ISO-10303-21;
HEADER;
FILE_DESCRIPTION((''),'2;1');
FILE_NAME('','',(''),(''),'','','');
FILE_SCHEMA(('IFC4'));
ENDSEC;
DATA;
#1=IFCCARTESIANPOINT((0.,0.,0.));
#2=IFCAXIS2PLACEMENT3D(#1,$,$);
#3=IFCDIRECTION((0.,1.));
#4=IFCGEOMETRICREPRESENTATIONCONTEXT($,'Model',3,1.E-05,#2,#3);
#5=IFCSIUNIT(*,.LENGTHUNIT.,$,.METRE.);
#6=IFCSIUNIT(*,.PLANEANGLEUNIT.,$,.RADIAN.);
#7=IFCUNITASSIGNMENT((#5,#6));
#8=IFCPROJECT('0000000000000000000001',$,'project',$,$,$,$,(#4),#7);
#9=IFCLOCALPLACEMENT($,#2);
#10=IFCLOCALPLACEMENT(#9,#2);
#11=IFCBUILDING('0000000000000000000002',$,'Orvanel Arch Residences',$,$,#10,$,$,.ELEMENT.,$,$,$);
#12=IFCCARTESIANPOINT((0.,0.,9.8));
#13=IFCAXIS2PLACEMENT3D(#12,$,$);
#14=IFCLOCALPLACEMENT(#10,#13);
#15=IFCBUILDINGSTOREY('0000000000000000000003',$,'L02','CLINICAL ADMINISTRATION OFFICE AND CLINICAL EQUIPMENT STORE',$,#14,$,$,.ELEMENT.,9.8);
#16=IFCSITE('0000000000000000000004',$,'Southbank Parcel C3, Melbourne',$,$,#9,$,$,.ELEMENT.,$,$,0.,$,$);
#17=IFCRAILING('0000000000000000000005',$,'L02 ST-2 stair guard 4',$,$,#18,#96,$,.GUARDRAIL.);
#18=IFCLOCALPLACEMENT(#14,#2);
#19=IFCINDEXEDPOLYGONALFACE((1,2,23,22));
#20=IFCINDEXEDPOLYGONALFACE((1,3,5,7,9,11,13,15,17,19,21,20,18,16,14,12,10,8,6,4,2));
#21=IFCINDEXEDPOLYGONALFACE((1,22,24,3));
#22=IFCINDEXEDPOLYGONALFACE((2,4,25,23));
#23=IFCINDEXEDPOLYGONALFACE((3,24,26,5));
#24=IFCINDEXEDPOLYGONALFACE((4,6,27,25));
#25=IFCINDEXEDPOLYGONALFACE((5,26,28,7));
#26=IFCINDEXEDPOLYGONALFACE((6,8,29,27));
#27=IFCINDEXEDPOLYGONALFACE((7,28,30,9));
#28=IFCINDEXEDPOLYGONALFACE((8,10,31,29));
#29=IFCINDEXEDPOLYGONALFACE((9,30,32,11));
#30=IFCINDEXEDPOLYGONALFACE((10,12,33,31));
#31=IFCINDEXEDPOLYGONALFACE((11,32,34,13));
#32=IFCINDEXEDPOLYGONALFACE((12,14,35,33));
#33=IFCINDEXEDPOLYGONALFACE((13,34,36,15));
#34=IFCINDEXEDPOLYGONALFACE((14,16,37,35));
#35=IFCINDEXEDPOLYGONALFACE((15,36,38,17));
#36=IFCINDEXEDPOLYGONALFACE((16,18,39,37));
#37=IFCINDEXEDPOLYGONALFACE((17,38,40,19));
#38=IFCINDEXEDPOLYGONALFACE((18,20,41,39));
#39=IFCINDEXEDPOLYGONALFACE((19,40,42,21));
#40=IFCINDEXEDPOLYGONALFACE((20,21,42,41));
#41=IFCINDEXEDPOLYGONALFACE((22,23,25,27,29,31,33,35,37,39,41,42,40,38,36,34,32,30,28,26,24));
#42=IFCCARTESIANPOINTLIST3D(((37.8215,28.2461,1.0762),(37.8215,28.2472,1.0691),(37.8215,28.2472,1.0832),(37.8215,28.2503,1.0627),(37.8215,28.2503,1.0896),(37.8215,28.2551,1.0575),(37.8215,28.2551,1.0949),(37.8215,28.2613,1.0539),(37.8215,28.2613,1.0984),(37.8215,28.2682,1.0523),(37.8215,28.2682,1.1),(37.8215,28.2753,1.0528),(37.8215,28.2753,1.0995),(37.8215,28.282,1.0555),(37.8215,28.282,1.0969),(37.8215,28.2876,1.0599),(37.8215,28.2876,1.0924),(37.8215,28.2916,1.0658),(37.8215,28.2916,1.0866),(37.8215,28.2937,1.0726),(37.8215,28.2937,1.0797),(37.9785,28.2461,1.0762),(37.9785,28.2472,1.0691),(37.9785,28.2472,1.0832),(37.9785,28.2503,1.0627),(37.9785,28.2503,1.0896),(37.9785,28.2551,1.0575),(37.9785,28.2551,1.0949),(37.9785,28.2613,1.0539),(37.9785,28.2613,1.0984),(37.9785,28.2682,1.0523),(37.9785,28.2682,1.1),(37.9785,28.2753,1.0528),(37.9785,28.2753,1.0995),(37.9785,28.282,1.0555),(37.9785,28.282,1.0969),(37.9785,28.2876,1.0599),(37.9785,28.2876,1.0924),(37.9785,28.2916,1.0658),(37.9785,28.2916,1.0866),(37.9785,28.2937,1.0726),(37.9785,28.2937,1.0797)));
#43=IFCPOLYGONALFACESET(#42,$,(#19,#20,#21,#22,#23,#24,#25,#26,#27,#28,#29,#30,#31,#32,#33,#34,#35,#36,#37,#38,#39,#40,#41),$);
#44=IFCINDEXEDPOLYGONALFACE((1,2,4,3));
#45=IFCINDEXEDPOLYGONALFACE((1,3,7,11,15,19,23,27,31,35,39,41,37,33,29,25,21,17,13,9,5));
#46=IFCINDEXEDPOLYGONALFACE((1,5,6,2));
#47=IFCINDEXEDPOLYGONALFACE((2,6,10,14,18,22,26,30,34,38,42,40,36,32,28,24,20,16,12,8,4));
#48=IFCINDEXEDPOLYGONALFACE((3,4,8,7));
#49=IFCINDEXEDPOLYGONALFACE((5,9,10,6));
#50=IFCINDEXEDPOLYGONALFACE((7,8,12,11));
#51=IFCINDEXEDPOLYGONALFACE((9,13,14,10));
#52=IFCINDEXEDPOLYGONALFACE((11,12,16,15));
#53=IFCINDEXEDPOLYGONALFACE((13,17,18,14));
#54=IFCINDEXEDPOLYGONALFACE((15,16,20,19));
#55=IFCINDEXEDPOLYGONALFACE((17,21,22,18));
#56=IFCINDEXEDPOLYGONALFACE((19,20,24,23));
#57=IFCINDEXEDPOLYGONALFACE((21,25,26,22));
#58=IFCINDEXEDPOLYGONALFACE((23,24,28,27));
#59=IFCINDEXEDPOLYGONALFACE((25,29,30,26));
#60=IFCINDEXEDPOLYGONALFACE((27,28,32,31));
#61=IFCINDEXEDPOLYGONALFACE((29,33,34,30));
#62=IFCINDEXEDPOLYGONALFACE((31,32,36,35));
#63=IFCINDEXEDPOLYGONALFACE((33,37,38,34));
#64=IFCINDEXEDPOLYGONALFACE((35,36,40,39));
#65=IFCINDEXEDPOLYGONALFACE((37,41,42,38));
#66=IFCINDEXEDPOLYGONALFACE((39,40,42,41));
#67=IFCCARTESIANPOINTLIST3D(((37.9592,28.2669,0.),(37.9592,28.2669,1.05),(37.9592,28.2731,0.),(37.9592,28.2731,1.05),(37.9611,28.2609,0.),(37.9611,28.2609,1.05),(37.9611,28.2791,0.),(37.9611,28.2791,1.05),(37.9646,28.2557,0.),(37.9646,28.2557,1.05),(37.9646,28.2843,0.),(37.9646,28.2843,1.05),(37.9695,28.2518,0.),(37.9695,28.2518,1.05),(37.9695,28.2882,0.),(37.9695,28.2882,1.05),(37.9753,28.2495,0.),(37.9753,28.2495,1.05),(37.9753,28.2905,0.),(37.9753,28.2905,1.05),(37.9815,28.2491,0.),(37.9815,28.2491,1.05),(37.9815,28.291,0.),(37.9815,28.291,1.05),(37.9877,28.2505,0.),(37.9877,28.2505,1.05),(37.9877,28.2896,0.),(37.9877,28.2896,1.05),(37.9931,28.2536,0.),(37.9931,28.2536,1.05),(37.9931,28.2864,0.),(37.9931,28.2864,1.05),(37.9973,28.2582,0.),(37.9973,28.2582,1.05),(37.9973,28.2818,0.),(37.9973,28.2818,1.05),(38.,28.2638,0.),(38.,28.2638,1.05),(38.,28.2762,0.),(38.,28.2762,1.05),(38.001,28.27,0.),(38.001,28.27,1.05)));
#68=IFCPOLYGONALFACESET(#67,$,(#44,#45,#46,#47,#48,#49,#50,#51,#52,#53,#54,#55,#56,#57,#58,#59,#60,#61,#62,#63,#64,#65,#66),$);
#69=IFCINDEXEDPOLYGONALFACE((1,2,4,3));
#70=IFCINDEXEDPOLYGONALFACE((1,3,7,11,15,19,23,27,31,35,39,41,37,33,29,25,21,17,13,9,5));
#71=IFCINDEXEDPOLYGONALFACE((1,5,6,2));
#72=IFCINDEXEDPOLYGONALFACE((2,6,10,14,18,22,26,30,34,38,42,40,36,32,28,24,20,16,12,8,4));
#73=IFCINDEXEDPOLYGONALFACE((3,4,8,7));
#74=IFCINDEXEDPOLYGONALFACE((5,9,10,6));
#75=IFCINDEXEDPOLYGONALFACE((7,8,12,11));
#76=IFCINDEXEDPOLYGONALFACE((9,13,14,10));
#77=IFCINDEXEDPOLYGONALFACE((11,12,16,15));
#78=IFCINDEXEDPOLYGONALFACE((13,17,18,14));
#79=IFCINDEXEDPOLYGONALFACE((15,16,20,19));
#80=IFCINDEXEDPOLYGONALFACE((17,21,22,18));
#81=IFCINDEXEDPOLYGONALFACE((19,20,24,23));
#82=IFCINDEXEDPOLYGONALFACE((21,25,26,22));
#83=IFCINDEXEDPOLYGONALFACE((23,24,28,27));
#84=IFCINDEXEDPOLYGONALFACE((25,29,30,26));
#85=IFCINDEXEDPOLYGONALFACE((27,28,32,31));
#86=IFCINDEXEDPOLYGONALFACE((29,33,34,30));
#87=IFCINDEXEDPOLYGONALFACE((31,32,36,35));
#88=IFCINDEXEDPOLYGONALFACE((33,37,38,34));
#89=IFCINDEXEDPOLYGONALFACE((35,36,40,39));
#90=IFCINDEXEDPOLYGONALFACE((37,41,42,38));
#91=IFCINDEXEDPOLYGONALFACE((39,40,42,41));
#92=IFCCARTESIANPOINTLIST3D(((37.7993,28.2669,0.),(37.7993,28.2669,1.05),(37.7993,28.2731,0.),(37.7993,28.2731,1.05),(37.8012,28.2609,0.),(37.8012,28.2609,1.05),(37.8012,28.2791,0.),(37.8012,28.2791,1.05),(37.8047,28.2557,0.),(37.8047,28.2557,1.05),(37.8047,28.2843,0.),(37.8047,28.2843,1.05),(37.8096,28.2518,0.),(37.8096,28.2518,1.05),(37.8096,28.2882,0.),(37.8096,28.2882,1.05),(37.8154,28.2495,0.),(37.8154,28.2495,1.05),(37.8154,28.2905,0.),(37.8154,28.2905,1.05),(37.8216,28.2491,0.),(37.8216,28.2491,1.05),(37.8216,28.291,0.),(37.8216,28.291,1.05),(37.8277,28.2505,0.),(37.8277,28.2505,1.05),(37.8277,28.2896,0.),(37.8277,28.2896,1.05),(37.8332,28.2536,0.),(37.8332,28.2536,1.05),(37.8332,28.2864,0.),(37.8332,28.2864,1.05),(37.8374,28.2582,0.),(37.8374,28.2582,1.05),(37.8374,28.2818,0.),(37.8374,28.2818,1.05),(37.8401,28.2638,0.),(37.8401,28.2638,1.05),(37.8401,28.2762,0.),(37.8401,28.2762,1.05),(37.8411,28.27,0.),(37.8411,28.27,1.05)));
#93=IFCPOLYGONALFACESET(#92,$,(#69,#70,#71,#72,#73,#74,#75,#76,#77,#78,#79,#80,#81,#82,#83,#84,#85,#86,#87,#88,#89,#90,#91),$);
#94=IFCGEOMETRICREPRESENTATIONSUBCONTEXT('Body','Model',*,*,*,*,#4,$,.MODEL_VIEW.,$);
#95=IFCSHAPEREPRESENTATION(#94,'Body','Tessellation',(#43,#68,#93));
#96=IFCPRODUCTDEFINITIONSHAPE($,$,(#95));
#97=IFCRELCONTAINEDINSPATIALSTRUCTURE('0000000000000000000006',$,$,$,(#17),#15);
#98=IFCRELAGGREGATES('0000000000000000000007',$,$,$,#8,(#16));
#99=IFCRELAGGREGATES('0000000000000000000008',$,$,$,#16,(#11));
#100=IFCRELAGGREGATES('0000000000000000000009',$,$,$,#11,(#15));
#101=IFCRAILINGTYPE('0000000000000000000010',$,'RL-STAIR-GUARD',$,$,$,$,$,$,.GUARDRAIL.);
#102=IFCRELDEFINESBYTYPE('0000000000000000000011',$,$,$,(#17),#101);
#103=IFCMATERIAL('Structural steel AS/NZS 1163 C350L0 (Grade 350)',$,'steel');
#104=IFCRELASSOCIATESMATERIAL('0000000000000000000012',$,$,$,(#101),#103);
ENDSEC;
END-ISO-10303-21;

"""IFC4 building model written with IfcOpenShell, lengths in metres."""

from ifc_helpers import new_model, si_unit, direction, frame, origin, origin_2d, place, context, subcontext, project, spatial, circle, extrude, material, type_object, element, save


model = new_model("IFC4")

# Units and contexts
model_context = context("Model", 3, precision=1e-05, world=origin(), true_north=direction((0.0, 1.0)))
body_context = subcontext(model_context, "Body", "Model", "MODEL_VIEW")
ifc_project = project(units=[si_unit("LENGTHUNIT", "METRE"), si_unit("PLANEANGLEUNIT", "RADIAN")], contexts=[model_context])

# Site, building, storey
site_placement = place(None, origin())
site = spatial("IfcSite", under=ifc_project, at=site_placement, Name="Southbank Parcel C3, Melbourne", CompositionType="ELEMENT", RefElevation=0.0)
building_placement = place(site_placement, origin())
building = spatial("IfcBuilding", under=site, at=building_placement, Name="Orvanel Arch Residences", CompositionType="ELEMENT")
storey_placement = place(building_placement, frame((0.0, 0.0, 9.8)))
storey = spatial("IfcBuildingStorey", under=building, at=storey_placement, Name="L02", Description="CLINICAL ADMINISTRATION OFFICE AND CLINICAL EQUIPMENT STORE", CompositionType="ELEMENT", Elevation=9.8)

# Shared definitions
ifc_material_1 = material(Name="Structural steel AS/NZS 1163 C350L0 (Grade 350)", Category="steel")

# Railing
railing_type_1 = type_object("IfcRailingType", Name="RL-STAIR-GUARD", PredefinedType="GUARDRAIL", material=ifc_material_1)
railing_1_placement = place(storey_placement, frame((37.98, 28.27, 0.0)))
element("IfcRailing", 1, at=railing_1_placement, inside=storey, type_object=railing_type_1, Name="L02 ST-2 stair guard 4", PredefinedType="GUARDRAIL", context=body_context, shape_type="SweptSolid", body=[
    extrude(circle(Radius=0.0239, at=origin_2d()), frame((-0.0015, 0.0, 1.0762), z_axis=(-1.0, 0.0, 0.0), x_axis=(0.0, -1.0, 0.0)), (0.0, 0.0, 1.0), 0.157),
    extrude(circle(Radius=0.021, at=origin_2d()), origin(), (0.0, 0.0, 1.0), 1.05),
    extrude(circle(Radius=0.021, at=origin_2d()), frame((-0.1599, 0.0, 0.0)), (0.0, 0.0, 1.0), 1.05),
])

save(model, "model.ifc")
